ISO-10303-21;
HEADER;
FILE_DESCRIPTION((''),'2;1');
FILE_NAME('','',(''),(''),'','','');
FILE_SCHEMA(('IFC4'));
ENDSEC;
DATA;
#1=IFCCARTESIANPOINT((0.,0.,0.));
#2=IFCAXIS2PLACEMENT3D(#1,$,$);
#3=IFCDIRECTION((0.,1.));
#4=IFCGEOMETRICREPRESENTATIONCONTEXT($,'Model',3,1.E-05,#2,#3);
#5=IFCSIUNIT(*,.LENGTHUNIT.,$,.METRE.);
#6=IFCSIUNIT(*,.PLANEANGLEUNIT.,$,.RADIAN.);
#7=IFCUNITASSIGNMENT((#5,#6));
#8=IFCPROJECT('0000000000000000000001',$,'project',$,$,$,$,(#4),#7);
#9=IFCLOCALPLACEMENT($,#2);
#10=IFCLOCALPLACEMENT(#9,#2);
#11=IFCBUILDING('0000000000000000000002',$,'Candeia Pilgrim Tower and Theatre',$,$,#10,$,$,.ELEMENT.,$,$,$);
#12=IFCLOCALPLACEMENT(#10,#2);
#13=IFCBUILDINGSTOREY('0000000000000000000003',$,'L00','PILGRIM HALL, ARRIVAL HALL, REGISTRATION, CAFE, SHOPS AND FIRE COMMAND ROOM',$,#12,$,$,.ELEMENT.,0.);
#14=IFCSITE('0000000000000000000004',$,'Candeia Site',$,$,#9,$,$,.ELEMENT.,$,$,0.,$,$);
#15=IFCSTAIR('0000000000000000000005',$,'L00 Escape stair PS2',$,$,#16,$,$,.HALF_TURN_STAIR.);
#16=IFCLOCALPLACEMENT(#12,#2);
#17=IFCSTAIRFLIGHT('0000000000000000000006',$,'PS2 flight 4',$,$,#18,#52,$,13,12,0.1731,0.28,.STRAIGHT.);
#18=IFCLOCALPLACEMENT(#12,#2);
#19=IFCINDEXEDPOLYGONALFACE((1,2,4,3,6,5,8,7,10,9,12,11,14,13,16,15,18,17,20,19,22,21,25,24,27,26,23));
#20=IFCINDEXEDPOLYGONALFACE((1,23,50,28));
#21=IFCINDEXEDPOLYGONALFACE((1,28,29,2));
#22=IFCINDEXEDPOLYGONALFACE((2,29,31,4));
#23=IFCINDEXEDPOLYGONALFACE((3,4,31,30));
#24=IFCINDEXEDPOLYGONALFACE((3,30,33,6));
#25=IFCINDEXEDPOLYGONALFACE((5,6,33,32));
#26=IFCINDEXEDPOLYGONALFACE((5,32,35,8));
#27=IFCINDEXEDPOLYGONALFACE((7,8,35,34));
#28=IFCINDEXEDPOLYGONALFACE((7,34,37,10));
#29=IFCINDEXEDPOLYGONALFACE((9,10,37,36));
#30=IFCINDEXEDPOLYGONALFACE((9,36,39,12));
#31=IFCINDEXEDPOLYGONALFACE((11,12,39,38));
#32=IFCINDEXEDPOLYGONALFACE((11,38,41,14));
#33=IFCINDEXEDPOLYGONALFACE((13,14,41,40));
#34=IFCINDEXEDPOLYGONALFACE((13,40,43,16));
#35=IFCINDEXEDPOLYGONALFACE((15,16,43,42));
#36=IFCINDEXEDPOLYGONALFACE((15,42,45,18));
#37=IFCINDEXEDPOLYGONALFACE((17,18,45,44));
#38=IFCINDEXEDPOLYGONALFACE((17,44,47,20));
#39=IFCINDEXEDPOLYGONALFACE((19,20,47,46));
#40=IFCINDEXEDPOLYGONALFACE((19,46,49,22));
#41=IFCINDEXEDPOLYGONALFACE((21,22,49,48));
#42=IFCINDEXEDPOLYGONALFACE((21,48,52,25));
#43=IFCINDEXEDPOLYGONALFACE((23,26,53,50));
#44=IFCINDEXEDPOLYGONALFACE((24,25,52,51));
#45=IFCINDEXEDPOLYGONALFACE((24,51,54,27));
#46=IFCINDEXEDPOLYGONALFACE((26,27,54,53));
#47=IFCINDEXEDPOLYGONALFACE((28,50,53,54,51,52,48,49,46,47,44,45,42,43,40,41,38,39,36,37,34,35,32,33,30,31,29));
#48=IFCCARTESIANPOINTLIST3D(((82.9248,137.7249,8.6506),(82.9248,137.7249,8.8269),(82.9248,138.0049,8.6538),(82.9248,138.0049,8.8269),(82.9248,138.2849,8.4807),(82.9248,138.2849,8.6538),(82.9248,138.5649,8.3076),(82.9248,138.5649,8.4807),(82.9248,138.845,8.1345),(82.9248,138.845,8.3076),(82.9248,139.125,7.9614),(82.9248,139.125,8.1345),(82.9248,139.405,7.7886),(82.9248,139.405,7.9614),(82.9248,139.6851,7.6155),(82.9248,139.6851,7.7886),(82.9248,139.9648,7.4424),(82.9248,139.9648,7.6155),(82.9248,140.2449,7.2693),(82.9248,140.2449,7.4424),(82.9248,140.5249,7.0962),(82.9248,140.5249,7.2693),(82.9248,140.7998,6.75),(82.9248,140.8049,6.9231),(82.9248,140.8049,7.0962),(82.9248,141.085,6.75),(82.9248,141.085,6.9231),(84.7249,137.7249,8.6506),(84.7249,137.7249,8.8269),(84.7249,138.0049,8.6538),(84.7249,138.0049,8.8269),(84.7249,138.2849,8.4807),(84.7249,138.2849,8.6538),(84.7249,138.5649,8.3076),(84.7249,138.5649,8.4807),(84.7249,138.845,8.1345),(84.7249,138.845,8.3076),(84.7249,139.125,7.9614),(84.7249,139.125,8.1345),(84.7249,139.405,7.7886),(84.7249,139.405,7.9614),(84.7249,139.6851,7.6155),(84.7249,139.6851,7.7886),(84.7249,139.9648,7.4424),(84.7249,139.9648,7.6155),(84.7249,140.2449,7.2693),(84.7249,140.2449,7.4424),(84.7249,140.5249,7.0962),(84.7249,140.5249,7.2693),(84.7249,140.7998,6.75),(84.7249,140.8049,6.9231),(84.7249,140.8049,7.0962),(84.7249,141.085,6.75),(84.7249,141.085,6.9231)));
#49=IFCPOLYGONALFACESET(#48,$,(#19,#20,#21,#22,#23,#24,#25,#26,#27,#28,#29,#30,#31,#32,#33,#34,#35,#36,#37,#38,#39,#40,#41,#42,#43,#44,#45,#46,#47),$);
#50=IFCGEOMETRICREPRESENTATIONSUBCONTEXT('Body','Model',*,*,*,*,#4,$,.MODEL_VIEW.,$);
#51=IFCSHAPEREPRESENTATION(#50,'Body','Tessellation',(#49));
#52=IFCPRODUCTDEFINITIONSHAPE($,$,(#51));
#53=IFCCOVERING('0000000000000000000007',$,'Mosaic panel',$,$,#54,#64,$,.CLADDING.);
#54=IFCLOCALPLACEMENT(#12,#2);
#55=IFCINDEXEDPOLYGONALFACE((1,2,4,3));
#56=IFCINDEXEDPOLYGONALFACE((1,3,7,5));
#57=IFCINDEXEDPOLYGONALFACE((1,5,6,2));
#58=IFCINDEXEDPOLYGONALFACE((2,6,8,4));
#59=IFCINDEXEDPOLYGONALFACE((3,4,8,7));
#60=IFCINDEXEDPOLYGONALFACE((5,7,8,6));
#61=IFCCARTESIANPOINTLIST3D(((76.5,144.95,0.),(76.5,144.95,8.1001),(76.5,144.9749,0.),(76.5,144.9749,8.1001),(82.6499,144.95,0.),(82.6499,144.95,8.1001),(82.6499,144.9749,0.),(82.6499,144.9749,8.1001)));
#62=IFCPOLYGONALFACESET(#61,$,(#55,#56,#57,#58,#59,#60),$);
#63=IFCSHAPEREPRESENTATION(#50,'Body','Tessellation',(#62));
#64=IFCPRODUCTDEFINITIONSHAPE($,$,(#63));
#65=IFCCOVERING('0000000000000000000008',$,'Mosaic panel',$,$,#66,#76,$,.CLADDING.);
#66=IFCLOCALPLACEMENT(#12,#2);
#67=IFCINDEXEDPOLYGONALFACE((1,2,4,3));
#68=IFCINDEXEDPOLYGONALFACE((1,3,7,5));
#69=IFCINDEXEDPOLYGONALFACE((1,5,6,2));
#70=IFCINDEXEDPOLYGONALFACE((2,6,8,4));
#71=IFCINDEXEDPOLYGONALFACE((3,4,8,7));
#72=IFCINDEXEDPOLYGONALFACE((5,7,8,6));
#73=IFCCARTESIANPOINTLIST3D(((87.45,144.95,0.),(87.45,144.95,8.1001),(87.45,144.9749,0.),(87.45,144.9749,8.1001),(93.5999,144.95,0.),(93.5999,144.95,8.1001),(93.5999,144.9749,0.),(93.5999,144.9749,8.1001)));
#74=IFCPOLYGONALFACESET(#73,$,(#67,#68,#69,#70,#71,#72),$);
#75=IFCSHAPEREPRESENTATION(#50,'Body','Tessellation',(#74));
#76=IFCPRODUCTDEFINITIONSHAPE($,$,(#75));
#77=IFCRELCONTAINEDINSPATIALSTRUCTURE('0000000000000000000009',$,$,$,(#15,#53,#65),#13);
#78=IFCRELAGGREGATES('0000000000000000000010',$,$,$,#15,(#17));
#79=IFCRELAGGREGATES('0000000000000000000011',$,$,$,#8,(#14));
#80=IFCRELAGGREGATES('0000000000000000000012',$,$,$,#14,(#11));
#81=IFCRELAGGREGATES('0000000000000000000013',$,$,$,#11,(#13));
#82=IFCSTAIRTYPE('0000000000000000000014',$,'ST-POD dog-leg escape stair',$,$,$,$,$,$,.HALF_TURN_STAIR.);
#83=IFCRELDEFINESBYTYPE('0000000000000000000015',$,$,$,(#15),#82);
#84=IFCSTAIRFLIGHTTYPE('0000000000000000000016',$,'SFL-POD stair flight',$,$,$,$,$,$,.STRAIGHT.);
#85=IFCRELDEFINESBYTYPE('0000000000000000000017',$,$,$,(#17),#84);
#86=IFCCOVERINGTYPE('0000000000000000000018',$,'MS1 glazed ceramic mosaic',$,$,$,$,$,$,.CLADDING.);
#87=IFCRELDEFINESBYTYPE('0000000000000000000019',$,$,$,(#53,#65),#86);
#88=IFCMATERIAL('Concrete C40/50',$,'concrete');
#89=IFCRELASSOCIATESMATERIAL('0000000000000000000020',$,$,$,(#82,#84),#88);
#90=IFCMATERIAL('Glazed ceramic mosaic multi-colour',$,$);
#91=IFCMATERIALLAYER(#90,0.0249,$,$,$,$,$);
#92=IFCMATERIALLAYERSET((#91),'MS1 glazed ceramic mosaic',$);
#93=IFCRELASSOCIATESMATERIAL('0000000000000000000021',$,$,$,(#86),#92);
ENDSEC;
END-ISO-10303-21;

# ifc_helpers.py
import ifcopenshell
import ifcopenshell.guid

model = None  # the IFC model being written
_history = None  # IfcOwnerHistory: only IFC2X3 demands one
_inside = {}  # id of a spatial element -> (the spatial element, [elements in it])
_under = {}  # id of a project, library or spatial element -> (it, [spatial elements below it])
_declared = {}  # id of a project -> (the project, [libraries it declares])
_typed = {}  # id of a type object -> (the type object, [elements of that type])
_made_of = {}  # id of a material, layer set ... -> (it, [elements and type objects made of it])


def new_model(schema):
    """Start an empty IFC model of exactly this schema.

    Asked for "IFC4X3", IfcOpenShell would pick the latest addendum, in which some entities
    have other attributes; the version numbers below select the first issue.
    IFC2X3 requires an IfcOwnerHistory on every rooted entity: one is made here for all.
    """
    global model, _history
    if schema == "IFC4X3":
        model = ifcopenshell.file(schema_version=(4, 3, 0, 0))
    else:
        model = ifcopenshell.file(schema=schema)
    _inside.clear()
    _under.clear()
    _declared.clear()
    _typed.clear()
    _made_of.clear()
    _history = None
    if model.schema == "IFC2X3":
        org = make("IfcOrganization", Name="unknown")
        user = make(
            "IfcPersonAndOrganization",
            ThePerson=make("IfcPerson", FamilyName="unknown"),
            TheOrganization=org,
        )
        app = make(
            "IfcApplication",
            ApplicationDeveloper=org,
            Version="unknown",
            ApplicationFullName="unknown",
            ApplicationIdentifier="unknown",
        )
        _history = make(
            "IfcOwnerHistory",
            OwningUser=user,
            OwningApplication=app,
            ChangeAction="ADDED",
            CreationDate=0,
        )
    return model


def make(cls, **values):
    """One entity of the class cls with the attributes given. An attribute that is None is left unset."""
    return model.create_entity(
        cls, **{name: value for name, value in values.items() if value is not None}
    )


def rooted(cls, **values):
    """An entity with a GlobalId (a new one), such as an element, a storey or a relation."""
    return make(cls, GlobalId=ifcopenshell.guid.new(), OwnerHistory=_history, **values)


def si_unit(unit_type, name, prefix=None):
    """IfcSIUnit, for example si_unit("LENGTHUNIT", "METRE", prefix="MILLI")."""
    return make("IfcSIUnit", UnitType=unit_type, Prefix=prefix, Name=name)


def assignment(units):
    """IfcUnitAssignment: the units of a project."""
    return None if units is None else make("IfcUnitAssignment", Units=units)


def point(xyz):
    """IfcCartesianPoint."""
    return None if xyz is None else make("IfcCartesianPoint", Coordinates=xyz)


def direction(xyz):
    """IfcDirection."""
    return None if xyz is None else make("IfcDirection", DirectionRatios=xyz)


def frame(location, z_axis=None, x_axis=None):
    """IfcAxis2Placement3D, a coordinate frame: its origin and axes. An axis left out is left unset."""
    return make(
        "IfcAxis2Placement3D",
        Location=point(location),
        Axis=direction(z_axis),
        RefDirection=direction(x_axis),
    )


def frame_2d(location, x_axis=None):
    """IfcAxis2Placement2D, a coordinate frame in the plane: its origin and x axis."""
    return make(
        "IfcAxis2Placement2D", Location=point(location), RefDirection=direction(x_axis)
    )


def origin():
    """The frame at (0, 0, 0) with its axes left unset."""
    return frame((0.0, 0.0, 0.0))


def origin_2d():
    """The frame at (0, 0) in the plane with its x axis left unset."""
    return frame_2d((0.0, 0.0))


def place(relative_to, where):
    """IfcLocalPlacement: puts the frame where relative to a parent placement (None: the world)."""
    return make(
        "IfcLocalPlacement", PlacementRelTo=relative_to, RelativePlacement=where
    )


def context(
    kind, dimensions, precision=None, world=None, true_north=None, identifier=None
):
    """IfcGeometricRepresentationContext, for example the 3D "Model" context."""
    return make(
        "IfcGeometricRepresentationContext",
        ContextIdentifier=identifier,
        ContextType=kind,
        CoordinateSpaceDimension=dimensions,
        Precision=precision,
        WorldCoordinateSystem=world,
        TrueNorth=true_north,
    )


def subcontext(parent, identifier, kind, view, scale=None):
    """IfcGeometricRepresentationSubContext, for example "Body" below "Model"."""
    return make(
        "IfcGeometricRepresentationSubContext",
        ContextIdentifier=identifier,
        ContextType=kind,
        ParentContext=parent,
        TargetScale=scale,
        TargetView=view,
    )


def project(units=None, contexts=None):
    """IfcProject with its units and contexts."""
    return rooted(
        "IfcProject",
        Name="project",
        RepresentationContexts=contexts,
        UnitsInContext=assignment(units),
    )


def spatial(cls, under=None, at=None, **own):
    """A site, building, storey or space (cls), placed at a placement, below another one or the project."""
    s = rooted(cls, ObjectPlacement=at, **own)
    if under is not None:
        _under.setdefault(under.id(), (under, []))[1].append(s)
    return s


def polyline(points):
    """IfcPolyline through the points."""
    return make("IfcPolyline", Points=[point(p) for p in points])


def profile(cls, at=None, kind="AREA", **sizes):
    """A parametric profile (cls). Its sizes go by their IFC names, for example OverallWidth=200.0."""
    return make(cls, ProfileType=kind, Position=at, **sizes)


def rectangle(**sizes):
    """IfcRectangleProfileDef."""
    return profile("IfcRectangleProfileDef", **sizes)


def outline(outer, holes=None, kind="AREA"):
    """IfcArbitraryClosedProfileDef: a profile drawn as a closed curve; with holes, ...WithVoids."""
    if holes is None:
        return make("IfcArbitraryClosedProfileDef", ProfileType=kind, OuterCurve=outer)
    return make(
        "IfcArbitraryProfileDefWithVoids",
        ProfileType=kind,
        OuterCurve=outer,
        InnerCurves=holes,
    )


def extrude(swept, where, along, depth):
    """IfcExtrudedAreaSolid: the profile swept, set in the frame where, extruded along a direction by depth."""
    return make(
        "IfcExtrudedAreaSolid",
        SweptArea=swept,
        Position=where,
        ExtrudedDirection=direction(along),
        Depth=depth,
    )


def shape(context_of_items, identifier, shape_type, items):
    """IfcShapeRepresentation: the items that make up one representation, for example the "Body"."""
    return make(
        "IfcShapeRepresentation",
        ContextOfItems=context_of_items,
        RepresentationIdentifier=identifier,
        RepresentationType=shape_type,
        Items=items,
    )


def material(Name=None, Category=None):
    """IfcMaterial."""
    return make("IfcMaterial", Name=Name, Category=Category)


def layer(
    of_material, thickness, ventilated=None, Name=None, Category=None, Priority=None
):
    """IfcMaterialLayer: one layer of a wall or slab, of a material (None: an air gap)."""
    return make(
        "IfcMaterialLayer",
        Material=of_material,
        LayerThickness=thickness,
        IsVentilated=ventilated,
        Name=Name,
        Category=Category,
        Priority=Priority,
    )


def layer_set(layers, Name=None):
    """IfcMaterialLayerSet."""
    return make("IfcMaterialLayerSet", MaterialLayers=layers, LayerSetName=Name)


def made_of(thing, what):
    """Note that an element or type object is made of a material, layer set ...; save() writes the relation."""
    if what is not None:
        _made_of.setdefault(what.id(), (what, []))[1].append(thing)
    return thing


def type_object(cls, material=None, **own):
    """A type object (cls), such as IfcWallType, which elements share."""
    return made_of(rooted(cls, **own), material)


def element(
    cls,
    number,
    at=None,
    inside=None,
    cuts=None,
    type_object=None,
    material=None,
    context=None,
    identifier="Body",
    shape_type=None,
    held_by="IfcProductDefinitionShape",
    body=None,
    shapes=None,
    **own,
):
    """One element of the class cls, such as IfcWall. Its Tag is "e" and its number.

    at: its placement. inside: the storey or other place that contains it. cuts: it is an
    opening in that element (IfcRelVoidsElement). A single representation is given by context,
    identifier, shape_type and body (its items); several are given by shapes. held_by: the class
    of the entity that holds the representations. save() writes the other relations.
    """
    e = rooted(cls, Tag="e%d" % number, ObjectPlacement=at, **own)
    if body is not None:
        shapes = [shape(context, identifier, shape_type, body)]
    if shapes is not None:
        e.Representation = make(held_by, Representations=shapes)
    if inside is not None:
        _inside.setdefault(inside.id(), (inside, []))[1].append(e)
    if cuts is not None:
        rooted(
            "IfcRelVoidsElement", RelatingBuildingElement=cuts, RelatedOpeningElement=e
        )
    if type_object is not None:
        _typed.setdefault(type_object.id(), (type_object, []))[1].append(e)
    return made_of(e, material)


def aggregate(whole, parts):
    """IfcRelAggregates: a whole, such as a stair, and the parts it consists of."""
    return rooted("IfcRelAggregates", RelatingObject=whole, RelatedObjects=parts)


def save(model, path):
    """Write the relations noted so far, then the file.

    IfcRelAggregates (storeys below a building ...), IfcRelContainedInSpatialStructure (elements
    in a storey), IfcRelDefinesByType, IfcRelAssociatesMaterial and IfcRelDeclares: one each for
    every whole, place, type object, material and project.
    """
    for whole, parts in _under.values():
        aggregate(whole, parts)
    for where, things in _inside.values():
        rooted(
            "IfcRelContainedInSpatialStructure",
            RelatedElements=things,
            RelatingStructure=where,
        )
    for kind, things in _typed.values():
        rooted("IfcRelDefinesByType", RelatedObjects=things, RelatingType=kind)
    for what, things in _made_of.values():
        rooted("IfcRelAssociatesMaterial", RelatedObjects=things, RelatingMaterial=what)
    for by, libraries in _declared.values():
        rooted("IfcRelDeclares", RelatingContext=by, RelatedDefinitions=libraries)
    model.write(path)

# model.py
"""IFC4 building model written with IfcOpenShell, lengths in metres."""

from ifc_helpers import new_model, si_unit, direction, frame, origin, origin_2d, place, context, subcontext, project, spatial, polyline, rectangle, outline, extrude, material, layer, layer_set, type_object, element, aggregate, save


model = new_model("IFC4")

# Units and contexts
model_context = context("Model", 3, precision=1e-05, world=origin(), true_north=direction((0.0, 1.0)))
body_context = subcontext(model_context, "Body", "Model", "MODEL_VIEW")
ifc_project = project(units=[si_unit("LENGTHUNIT", "METRE"), si_unit("PLANEANGLEUNIT", "RADIAN")], contexts=[model_context])

# Site, building, storey
site_placement = place(None, origin())
site = spatial("IfcSite", under=ifc_project, at=site_placement, Name="Candeia Site", CompositionType="ELEMENT", RefElevation=0.0)
building_placement = place(site_placement, origin())
building = spatial("IfcBuilding", under=site, at=building_placement, Name="Candeia Pilgrim Tower and Theatre", CompositionType="ELEMENT")
storey_placement = place(building_placement, origin())
storey = spatial("IfcBuildingStorey", under=building, at=storey_placement, Name="L00", Description="PILGRIM HALL, ARRIVAL HALL, REGISTRATION, CAFE, SHOPS AND FIRE COMMAND ROOM", CompositionType="ELEMENT", Elevation=0.0)

# Shared definitions
ifc_material_1 = material(Name="Concrete C40/50", Category="concrete")

# Stair, stair flight
stair_type = type_object("IfcStairType", Name="ST-POD dog-leg escape stair", PredefinedType="HALF_TURN_STAIR", material=ifc_material_1)
stair_placement = place(storey_placement, origin())
stair = element("IfcStair", 1, at=stair_placement, inside=storey, type_object=stair_type, Name="L00 Escape stair PS2", PredefinedType="HALF_TURN_STAIR")
stair_flight_type = type_object("IfcStairFlightType", Name="SFL-POD stair flight", PredefinedType="STRAIGHT", material=ifc_material_1)
stair_flight_1_placement = place(storey_placement, frame((83.825, 141.085, 6.75), z_axis=(0.0, 0.0, 1.0), x_axis=(0.0, -1.0, 0.0)))
stair_flight_1 = element("IfcStairFlight", 2, at=stair_flight_1_placement, type_object=stair_flight_type, Name="PS2 flight 4", NumberOfRisers=13, NumberOfTreads=12, PredefinedType="STRAIGHT", RiserHeight=0.1731, TreadLength=0.28, context=body_context, shape_type="SweptSolid", body=[
    extrude(outline(polyline([(0.0, 0.0), (0.0, 0.1731), (0.28, 0.1731), (0.28, 0.3462), (0.5601, 0.3462), (0.5601, 0.5193), (0.8401, 0.5193), (0.8401, 0.6924), (1.1201, 0.6924), (1.1201, 0.8655), (1.3999, 0.8655), (1.3999, 1.0386), (1.6799, 1.0386), (1.6799, 1.2114), (1.96, 1.2114), (1.96, 1.3845), (2.24, 1.3845), (2.24, 1.5576), (2.52, 1.5576), (2.52, 1.7307), (2.8, 1.7307), (2.8, 1.9038), (3.0801, 1.9038), (3.0801, 2.0769), (3.3601, 2.0769), (3.3601, 2.25), (3.3601, 1.9006), (0.2852, 0.0), (0.0, 0.0)])), frame((0.0, 0.8999, 0.0), z_axis=(0.0, -1.0, 0.0), x_axis=(1.0, 0.0, 0.0)), (0.0, 0.0, 1.0), 1.8),
])
aggregate(stair, [stair_flight_1])

# Coverings
ifc_material_2 = material(Name="Glazed ceramic mosaic multi-colour")
ifc_layer_1 = layer(ifc_material_2, 0.0249)
ifc_layer_set_1 = layer_set([ifc_layer_1], Name="MS1 glazed ceramic mosaic")
covering_type = type_object("IfcCoveringType", Name="MS1 glazed ceramic mosaic", PredefinedType="CLADDING", material=ifc_layer_set_1)
for number, where, z_axis, x_axis, name in (
    (3, (79.575, 144.9624, 0.0), (0.0, 0.0, 1.0), (1.0, 0.0, 0.0), "Mosaic panel"),
    (4, (90.5249, 144.9624, 0.0), (0.0, 0.0, 1.0), (1.0, 0.0, 0.0), "Mosaic panel"),
):
    element("IfcCovering", number, at=place(storey_placement, frame(where, z_axis=z_axis, x_axis=x_axis)), inside=storey, type_object=covering_type, Name=name, PredefinedType="CLADDING", context=body_context, shape_type="SweptSolid", body=[
        extrude(rectangle(XDim=6.1499, YDim=0.0249, at=origin_2d()), origin(), (0.0, 0.0, 1.0), 8.1001),
    ])

save(model, "model.ifc")
